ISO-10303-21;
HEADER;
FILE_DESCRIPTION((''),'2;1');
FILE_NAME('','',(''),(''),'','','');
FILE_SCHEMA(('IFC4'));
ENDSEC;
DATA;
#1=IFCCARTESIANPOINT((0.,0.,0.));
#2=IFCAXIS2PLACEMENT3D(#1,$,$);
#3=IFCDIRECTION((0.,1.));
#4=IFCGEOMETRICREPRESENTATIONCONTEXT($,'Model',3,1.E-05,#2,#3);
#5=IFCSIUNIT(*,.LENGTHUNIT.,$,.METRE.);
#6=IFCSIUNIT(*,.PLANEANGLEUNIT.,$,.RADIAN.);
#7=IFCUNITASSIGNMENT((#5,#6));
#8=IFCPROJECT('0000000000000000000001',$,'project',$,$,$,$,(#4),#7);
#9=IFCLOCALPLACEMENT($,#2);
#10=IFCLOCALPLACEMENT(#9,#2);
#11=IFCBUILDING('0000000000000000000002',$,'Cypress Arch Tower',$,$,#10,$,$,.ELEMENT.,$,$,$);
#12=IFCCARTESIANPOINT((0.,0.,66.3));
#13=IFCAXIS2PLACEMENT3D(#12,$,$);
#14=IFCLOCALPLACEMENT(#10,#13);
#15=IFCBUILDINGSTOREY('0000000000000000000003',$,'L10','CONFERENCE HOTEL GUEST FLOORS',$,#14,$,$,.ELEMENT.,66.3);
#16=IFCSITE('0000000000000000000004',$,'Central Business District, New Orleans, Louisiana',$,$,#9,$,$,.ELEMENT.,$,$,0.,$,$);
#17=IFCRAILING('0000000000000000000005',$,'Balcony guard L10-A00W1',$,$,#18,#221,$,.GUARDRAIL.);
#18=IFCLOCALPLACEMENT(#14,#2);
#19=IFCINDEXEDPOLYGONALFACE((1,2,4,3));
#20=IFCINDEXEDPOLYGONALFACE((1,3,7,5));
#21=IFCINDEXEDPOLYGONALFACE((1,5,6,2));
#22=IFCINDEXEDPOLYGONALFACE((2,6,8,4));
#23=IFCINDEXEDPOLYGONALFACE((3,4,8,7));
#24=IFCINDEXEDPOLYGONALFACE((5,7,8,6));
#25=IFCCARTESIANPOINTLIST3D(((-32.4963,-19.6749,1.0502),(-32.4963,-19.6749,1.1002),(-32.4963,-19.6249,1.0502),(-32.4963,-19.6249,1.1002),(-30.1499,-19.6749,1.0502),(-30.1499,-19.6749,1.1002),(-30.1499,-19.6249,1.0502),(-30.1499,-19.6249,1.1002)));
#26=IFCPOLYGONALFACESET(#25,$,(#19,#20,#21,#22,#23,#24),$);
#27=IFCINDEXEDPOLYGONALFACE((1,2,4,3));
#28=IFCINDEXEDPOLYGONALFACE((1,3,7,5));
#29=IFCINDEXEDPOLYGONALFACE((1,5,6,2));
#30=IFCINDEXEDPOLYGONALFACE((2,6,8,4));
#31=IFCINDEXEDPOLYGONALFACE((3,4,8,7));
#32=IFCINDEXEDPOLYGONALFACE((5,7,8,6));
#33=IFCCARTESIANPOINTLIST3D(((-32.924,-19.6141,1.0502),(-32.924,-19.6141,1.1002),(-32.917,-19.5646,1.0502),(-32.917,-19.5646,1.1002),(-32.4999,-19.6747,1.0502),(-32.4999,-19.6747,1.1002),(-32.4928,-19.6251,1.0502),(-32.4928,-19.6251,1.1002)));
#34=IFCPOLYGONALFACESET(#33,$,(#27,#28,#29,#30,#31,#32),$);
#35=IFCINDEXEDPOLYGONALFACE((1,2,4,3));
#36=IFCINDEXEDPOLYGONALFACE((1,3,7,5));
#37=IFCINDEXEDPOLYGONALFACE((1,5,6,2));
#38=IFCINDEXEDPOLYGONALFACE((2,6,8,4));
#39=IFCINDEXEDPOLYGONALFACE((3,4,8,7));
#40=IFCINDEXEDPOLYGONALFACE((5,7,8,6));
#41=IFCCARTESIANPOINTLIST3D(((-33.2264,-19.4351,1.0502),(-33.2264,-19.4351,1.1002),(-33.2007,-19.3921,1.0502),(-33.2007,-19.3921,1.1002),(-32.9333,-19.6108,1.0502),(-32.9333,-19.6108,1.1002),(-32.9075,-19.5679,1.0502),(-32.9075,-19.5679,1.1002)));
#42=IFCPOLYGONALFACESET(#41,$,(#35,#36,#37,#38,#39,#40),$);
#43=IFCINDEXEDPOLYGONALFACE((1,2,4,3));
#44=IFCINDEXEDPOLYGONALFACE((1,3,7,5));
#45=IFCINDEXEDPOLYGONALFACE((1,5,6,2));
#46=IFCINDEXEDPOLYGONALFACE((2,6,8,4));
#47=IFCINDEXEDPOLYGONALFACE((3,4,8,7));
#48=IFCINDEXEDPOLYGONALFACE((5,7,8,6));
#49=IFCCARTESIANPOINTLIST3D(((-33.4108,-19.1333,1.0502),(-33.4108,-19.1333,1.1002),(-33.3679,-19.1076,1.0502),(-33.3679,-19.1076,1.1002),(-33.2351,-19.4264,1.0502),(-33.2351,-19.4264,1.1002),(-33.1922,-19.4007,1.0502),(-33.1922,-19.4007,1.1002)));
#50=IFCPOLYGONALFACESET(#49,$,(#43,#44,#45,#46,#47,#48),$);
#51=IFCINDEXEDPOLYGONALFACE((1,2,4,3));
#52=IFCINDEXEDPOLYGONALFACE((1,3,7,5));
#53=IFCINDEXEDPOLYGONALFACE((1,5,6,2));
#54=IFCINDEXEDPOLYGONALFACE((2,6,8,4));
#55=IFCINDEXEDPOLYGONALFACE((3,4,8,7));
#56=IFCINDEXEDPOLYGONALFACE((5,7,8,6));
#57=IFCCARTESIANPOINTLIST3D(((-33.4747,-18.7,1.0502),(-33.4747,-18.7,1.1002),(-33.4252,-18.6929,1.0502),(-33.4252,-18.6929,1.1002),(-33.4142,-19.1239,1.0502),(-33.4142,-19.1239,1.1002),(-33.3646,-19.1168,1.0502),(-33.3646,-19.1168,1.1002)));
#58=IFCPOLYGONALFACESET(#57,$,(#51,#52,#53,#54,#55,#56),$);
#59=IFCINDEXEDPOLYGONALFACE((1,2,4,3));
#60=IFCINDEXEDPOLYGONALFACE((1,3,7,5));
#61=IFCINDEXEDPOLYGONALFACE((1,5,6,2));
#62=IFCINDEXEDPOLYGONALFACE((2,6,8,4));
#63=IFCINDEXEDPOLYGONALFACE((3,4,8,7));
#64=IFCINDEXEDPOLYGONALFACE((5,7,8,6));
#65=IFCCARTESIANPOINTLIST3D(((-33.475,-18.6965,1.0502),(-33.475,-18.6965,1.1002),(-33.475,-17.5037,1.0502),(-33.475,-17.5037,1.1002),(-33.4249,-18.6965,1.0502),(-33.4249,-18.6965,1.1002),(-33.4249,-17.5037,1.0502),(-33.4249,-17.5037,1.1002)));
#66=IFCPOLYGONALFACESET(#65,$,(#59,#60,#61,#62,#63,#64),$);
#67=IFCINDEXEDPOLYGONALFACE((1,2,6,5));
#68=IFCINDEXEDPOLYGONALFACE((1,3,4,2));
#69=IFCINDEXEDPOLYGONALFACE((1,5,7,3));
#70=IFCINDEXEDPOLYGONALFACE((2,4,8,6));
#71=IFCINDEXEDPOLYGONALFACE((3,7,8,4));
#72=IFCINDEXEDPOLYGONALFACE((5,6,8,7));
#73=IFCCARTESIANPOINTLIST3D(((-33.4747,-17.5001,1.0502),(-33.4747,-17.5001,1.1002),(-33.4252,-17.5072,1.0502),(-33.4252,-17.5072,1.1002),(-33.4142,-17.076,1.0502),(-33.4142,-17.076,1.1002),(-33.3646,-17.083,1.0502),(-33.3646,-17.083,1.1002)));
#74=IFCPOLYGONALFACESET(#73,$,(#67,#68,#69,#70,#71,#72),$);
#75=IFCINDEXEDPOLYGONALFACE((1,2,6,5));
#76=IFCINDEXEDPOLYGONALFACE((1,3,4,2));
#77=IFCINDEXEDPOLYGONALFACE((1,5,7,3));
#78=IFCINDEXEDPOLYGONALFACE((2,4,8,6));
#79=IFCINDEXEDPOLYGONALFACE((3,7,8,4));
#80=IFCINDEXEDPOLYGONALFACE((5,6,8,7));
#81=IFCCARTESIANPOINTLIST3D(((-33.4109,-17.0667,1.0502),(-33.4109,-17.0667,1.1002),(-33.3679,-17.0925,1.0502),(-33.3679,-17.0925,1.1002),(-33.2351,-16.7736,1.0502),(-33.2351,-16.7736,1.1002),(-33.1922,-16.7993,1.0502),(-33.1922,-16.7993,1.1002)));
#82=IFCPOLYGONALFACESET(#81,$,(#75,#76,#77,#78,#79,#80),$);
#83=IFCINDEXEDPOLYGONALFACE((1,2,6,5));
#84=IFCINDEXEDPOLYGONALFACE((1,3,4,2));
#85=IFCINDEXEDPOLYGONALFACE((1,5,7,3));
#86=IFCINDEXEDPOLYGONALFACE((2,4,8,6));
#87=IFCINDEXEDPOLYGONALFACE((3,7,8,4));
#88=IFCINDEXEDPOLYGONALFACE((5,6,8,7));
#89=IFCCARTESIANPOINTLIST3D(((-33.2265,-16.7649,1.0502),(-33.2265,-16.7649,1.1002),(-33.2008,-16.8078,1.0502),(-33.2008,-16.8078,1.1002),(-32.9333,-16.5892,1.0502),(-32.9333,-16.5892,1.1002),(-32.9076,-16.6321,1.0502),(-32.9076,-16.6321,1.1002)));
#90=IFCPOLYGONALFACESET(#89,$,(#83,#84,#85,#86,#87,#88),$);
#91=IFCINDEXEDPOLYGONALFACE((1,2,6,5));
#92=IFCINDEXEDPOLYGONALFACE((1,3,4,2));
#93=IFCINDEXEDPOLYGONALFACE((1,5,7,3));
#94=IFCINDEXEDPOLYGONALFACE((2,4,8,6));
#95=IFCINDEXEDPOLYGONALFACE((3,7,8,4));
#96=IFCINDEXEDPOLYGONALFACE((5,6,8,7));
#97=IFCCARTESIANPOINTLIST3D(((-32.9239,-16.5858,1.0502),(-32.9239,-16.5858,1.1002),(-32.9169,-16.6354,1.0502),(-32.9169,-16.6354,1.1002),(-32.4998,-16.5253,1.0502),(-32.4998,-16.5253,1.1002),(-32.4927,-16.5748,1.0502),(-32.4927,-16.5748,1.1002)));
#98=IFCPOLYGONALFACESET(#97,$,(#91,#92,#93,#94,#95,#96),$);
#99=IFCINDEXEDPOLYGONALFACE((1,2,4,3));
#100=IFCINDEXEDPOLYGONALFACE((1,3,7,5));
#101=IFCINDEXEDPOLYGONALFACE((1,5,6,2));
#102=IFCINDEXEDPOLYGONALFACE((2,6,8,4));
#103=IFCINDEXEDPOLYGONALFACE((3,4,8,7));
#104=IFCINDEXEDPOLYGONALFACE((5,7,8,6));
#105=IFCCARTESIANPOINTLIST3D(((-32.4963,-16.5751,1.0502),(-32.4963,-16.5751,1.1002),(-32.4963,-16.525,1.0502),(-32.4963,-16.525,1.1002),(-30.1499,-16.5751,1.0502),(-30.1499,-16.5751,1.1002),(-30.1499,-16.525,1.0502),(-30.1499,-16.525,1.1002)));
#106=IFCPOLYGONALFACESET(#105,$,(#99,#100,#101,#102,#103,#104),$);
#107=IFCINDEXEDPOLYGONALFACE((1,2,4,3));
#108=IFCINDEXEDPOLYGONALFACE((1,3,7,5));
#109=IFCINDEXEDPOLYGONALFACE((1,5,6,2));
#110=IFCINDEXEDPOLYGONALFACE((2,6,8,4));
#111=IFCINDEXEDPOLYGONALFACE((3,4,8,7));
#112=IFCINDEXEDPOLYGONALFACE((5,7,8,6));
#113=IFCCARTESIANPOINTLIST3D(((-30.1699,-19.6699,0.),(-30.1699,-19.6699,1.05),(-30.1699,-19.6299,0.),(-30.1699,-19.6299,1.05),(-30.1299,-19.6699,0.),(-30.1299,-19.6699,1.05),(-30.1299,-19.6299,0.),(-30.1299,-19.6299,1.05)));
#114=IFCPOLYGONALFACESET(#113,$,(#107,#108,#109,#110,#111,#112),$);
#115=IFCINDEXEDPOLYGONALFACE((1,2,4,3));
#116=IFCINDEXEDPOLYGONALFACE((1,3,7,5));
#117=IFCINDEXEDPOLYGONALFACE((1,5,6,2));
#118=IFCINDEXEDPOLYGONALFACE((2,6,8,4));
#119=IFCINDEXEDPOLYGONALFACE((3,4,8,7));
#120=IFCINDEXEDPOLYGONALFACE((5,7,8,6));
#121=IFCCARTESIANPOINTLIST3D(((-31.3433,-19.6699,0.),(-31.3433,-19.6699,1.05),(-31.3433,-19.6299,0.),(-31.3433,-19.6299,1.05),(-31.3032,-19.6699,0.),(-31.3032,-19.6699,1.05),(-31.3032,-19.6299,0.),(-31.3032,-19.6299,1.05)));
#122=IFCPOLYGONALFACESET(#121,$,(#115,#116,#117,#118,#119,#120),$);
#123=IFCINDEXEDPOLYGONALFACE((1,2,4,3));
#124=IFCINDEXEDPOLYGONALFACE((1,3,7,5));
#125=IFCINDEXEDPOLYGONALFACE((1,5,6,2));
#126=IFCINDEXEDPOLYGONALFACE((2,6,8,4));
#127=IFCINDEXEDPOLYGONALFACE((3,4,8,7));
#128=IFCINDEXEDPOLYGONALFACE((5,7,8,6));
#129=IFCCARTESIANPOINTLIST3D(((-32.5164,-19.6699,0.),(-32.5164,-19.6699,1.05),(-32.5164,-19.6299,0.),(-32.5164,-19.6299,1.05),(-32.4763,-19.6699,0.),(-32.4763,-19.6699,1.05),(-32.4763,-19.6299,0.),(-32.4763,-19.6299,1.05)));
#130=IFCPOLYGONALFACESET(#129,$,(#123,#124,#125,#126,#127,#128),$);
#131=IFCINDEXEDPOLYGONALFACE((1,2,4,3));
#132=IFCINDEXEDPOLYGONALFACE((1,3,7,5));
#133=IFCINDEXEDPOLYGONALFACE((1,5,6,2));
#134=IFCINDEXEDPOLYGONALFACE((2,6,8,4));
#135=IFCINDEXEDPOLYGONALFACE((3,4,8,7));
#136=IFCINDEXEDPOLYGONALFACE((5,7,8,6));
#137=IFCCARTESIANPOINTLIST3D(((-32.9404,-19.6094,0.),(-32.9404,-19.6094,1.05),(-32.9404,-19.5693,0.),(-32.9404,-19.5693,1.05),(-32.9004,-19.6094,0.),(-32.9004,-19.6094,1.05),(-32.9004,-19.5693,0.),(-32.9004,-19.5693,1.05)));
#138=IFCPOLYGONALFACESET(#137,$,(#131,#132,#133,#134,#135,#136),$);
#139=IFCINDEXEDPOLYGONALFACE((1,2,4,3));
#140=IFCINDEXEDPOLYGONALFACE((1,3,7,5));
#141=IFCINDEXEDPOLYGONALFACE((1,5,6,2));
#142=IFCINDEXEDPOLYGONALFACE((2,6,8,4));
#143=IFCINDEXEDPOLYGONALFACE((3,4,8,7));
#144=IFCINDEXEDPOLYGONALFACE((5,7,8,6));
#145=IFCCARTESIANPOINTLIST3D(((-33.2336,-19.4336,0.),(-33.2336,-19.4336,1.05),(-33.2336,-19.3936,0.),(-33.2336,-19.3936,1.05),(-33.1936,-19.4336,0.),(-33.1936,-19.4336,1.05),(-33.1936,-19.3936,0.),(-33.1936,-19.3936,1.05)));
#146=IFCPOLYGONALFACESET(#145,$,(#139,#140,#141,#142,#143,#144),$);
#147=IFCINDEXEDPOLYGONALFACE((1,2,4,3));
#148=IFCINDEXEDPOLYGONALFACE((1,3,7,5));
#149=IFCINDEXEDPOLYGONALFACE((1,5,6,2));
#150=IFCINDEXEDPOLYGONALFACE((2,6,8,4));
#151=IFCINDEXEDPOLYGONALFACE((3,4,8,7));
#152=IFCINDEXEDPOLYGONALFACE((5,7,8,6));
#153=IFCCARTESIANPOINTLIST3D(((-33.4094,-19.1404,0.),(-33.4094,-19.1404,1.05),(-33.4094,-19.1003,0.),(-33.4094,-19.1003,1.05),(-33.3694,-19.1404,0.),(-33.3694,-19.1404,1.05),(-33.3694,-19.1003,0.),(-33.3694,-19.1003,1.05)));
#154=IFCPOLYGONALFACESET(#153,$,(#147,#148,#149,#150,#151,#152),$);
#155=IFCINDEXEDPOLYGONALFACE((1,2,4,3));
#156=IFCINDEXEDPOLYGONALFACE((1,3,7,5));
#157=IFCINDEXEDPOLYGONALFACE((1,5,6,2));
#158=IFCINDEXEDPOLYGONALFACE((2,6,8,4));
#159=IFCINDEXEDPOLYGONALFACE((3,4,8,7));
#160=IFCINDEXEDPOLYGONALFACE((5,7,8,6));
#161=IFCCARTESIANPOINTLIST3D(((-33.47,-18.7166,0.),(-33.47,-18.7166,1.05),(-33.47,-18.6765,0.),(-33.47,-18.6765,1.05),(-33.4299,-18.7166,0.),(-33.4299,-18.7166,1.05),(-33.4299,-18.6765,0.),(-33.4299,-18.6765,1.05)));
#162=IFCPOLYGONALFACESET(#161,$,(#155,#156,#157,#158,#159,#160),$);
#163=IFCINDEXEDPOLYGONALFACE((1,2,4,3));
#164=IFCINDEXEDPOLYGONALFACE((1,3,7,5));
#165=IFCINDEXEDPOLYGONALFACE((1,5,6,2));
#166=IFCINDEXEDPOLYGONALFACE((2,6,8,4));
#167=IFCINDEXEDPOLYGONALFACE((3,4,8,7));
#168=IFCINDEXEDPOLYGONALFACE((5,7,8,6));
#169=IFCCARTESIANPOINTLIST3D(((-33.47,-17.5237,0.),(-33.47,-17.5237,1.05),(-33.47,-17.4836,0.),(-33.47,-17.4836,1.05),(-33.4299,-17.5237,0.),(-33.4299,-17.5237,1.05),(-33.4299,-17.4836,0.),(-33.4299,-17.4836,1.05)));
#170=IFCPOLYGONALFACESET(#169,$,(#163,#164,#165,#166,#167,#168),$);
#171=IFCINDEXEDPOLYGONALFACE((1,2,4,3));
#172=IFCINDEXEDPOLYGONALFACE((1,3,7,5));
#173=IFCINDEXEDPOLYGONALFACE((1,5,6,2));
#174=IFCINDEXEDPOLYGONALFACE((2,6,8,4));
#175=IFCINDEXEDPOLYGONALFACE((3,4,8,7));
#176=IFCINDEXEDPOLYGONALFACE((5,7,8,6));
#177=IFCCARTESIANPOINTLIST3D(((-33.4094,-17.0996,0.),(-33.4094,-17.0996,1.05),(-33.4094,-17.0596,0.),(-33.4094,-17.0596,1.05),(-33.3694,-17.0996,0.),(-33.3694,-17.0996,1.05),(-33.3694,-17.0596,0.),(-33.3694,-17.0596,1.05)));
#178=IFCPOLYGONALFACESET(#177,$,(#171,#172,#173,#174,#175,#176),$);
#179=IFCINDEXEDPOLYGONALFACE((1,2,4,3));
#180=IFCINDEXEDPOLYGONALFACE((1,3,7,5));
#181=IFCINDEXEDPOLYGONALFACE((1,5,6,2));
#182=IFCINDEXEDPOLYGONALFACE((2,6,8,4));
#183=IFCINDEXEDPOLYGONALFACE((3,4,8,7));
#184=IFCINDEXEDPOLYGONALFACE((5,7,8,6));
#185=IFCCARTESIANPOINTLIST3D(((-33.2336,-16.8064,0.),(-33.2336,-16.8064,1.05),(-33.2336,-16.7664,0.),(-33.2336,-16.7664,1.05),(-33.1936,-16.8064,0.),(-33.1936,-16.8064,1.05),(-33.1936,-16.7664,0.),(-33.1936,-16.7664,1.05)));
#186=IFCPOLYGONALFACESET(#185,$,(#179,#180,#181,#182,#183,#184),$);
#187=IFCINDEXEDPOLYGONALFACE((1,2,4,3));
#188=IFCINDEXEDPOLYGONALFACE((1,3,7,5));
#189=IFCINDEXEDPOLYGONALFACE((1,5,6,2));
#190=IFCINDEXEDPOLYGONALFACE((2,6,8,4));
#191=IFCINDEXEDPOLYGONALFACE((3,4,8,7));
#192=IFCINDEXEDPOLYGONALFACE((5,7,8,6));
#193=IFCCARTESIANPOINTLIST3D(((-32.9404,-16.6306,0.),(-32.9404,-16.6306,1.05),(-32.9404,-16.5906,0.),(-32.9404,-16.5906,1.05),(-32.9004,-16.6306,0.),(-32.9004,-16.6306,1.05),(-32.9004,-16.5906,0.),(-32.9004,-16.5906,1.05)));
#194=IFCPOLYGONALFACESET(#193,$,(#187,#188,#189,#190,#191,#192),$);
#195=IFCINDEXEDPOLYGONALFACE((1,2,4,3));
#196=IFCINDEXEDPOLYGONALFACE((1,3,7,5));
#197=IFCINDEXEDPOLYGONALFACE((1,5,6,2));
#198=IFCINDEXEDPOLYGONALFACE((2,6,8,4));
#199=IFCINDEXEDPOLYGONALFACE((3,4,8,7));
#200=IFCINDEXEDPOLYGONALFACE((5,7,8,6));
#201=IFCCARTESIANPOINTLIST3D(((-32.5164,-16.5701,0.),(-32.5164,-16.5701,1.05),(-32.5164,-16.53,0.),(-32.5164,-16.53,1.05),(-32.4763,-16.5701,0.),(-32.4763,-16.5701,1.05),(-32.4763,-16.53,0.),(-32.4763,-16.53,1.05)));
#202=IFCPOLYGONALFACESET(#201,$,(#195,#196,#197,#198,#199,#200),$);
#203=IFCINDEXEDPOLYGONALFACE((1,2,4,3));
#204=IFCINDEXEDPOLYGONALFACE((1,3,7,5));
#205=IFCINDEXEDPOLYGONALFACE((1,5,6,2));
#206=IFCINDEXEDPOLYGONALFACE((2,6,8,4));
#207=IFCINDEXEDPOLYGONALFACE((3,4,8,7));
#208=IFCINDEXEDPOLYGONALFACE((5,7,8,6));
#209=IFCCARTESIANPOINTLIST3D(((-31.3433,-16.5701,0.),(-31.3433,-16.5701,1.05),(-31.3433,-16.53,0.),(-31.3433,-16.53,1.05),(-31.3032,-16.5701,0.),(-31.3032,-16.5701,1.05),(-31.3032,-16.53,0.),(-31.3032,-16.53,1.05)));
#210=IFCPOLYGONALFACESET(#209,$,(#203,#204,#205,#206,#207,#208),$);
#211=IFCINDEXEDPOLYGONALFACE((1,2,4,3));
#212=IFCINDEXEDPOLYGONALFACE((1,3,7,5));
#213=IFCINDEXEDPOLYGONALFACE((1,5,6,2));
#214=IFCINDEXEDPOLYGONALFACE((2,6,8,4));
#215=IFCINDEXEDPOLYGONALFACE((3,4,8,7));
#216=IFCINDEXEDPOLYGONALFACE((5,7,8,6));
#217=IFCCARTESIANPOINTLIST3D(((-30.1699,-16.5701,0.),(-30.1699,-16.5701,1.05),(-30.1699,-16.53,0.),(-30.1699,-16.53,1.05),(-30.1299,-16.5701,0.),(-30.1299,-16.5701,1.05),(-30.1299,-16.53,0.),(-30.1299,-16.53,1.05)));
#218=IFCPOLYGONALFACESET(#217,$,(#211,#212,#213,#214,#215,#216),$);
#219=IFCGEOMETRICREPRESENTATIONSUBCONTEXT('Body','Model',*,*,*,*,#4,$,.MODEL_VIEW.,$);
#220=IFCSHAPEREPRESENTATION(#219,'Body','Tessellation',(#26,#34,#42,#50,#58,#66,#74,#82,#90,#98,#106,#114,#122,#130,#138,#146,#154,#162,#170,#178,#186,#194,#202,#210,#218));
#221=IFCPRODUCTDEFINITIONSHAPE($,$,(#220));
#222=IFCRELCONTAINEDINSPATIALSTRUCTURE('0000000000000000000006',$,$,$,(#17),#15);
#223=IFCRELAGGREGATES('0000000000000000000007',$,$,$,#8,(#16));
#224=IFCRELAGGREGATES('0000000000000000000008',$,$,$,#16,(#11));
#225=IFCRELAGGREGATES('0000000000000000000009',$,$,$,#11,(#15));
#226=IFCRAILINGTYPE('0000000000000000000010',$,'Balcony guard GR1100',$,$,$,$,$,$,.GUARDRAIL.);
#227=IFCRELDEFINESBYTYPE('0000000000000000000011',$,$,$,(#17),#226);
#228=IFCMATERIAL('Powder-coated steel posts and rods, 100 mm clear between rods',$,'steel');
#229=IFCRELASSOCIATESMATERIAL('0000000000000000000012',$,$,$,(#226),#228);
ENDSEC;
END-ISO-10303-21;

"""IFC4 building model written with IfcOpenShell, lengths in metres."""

from ifc_helpers import new_model, si_unit, direction, frame, origin, origin_2d, place, context, subcontext, project, spatial, rectangle, extrude, material, type_object, element, save


model = new_model("IFC4")

# Units and contexts
model_context = context("Model", 3, precision=1e-05, world=origin(), true_north=direction((0.0, 1.0)))
body_context = subcontext(model_context, "Body", "Model", "MODEL_VIEW")
ifc_project = project(units=[si_unit("LENGTHUNIT", "METRE"), si_unit("PLANEANGLEUNIT", "RADIAN")], contexts=[model_context])

# Site, building, storey
site_placement = place(None, origin())
site = spatial("IfcSite", under=ifc_project, at=site_placement, Name="Central Business District, New Orleans, Louisiana", CompositionType="ELEMENT", RefElevation=0.0)
building_placement = place(site_placement, origin())
building = spatial("IfcBuilding", under=site, at=building_placement, Name="Cypress Arch Tower", CompositionType="ELEMENT")
storey_placement = place(building_placement, frame((0.0, 0.0, 66.3)))
storey = spatial("IfcBuildingStorey", under=building, at=storey_placement, Name="L10", Description="CONFERENCE HOTEL GUEST FLOORS", CompositionType="ELEMENT", Elevation=66.3)

# Railing
ifc_material_1 = material(Name="Powder-coated steel posts and rods, 100 mm clear between rods", Category="steel")
railing_type = type_object("IfcRailingType", Name="Balcony guard GR1100", PredefinedType="GUARDRAIL", material=ifc_material_1)
railing_placement = place(storey_placement, frame((-30.1499, -19.6499, 0.0)))
element("IfcRailing", 1, at=railing_placement, inside=storey, type_object=railing_type, Name="Balcony guard L10-A00W1", PredefinedType="GUARDRAIL", context=body_context, shape_type="SweptSolid", body=[
    extrude(rectangle(XDim=0.05, YDim=0.05, at=origin_2d()), frame((0.0, 0.0, 1.0752), z_axis=(-1.0, 0.0, 0.0), x_axis=(0.0, -1.0, 0.0)), (0.0, 0.0, 1.0), 2.3464),
    extrude(rectangle(XDim=0.05, YDim=0.05, at=origin_2d()), frame((-2.3464, 0.0, 1.0752), z_axis=(-0.989961, 0.141342, 0.0), x_axis=(-0.141342, -0.989961, 0.0)), (0.0, 0.0, 1.0), 0.4285),
    extrude(rectangle(XDim=0.05, YDim=0.05, at=origin_2d()), frame((-2.7705, 0.0605, 1.0752), z_axis=(-0.857682, 0.514181, 0.0), x_axis=(-0.514181, -0.857682, 0.0)), (0.0, 0.0, 1.0), 0.3418),
    extrude(rectangle(XDim=0.05, YDim=0.05, at=origin_2d()), frame((-3.0637, 0.2363, 1.0752), z_axis=(-0.514181, 0.857682, 0.0), x_axis=(-0.857682, -0.514181, 0.0)), (0.0, 0.0, 1.0), 0.3418),
    extrude(rectangle(XDim=0.05, YDim=0.05, at=origin_2d()), frame((-3.2395, 0.5295, 1.0752), z_axis=(-0.141421, 0.989949, 0.0), x_axis=(-0.989949, -0.141421, 0.0)), (0.0, 0.0, 1.0), 0.4282),
    extrude(rectangle(XDim=0.05, YDim=0.05, at=origin_2d()), frame((-3.3, 0.9534, 1.0752), z_axis=(0.0, 1.0, 0.0), x_axis=(-1.0, 0.0, 0.0)), (0.0, 0.0, 1.0), 1.1929),
    extrude(rectangle(XDim=0.05, YDim=0.05, at=origin_2d()), frame((-3.3, 2.1462, 1.0752), z_axis=(0.141342, 0.989961, 0.0), x_axis=(-0.989961, 0.141342, 0.0)), (0.0, 0.0, 1.0), 0.4285),
    extrude(rectangle(XDim=0.05, YDim=0.05, at=origin_2d()), frame((-3.2395, 2.5703, 1.0752), z_axis=(0.514181, 0.857682, 0.0), x_axis=(-0.857682, 0.514181, 0.0)), (0.0, 0.0, 1.0), 0.3418),
    extrude(rectangle(XDim=0.05, YDim=0.05, at=origin_2d()), frame((-3.0637, 2.8635, 1.0752), z_axis=(0.857682, 0.514181, 0.0), x_axis=(-0.514181, 0.857682, 0.0)), (0.0, 0.0, 1.0), 0.3418),
    extrude(rectangle(XDim=0.05, YDim=0.05, at=origin_2d()), frame((-2.7705, 3.0393, 1.0752), z_axis=(0.989961, 0.141342, 0.0), x_axis=(-0.141342, 0.989961, 0.0)), (0.0, 0.0, 1.0), 0.4285),
    extrude(rectangle(XDim=0.05, YDim=0.05, at=origin_2d()), frame((-2.3464, 3.0999, 1.0752), z_axis=(1.0, 0.0, 0.0), x_axis=(0.0, 1.0, 0.0)), (0.0, 0.0, 1.0), 2.3464),
    extrude(rectangle(XDim=0.04, YDim=0.04, at=origin_2d()), origin(), (0.0, 0.0, 1.0), 1.05),
    extrude(rectangle(XDim=0.04, YDim=0.04, at=origin_2d()), frame((-1.1733, 0.0, 0.0)), (0.0, 0.0, 1.0), 1.05),
    extrude(rectangle(XDim=0.04, YDim=0.04, at=origin_2d()), frame((-2.3464, 0.0, 0.0)), (0.0, 0.0, 1.0), 1.05),
    extrude(rectangle(XDim=0.04, YDim=0.04, at=origin_2d()), frame((-2.7705, 0.0605, 0.0)), (0.0, 0.0, 1.0), 1.05),
    extrude(rectangle(XDim=0.04, YDim=0.04, at=origin_2d()), frame((-3.0637, 0.2363, 0.0)), (0.0, 0.0, 1.0), 1.05),
    extrude(rectangle(XDim=0.04, YDim=0.04, at=origin_2d()), frame((-3.2395, 0.5295, 0.0)), (0.0, 0.0, 1.0), 1.05),
    extrude(rectangle(XDim=0.04, YDim=0.04, at=origin_2d()), frame((-3.3, 0.9534, 0.0)), (0.0, 0.0, 1.0), 1.05),
    extrude(rectangle(XDim=0.04, YDim=0.04, at=origin_2d()), frame((-3.3, 2.1462, 0.0)), (0.0, 0.0, 1.0), 1.05),
    extrude(rectangle(XDim=0.04, YDim=0.04, at=origin_2d()), frame((-3.2395, 2.5703, 0.0)), (0.0, 0.0, 1.0), 1.05),
    extrude(rectangle(XDim=0.04, YDim=0.04, at=origin_2d()), frame((-3.0637, 2.8635, 0.0)), (0.0, 0.0, 1.0), 1.05),
    extrude(rectangle(XDim=0.04, YDim=0.04, at=origin_2d()), frame((-2.7705, 3.0393, 0.0)), (0.0, 0.0, 1.0), 1.05),
    extrude(rectangle(XDim=0.04, YDim=0.04, at=origin_2d()), frame((-2.3464, 3.0999, 0.0)), (0.0, 0.0, 1.0), 1.05),
    extrude(rectangle(XDim=0.04, YDim=0.04, at=origin_2d()), frame((-1.1733, 3.0999, 0.0)), (0.0, 0.0, 1.0), 1.05),
    extrude(rectangle(XDim=0.04, YDim=0.04, at=origin_2d()), frame((0.0, 3.0999, 0.0)), (0.0, 0.0, 1.0), 1.05),
])

save(model, "model.ifc")
